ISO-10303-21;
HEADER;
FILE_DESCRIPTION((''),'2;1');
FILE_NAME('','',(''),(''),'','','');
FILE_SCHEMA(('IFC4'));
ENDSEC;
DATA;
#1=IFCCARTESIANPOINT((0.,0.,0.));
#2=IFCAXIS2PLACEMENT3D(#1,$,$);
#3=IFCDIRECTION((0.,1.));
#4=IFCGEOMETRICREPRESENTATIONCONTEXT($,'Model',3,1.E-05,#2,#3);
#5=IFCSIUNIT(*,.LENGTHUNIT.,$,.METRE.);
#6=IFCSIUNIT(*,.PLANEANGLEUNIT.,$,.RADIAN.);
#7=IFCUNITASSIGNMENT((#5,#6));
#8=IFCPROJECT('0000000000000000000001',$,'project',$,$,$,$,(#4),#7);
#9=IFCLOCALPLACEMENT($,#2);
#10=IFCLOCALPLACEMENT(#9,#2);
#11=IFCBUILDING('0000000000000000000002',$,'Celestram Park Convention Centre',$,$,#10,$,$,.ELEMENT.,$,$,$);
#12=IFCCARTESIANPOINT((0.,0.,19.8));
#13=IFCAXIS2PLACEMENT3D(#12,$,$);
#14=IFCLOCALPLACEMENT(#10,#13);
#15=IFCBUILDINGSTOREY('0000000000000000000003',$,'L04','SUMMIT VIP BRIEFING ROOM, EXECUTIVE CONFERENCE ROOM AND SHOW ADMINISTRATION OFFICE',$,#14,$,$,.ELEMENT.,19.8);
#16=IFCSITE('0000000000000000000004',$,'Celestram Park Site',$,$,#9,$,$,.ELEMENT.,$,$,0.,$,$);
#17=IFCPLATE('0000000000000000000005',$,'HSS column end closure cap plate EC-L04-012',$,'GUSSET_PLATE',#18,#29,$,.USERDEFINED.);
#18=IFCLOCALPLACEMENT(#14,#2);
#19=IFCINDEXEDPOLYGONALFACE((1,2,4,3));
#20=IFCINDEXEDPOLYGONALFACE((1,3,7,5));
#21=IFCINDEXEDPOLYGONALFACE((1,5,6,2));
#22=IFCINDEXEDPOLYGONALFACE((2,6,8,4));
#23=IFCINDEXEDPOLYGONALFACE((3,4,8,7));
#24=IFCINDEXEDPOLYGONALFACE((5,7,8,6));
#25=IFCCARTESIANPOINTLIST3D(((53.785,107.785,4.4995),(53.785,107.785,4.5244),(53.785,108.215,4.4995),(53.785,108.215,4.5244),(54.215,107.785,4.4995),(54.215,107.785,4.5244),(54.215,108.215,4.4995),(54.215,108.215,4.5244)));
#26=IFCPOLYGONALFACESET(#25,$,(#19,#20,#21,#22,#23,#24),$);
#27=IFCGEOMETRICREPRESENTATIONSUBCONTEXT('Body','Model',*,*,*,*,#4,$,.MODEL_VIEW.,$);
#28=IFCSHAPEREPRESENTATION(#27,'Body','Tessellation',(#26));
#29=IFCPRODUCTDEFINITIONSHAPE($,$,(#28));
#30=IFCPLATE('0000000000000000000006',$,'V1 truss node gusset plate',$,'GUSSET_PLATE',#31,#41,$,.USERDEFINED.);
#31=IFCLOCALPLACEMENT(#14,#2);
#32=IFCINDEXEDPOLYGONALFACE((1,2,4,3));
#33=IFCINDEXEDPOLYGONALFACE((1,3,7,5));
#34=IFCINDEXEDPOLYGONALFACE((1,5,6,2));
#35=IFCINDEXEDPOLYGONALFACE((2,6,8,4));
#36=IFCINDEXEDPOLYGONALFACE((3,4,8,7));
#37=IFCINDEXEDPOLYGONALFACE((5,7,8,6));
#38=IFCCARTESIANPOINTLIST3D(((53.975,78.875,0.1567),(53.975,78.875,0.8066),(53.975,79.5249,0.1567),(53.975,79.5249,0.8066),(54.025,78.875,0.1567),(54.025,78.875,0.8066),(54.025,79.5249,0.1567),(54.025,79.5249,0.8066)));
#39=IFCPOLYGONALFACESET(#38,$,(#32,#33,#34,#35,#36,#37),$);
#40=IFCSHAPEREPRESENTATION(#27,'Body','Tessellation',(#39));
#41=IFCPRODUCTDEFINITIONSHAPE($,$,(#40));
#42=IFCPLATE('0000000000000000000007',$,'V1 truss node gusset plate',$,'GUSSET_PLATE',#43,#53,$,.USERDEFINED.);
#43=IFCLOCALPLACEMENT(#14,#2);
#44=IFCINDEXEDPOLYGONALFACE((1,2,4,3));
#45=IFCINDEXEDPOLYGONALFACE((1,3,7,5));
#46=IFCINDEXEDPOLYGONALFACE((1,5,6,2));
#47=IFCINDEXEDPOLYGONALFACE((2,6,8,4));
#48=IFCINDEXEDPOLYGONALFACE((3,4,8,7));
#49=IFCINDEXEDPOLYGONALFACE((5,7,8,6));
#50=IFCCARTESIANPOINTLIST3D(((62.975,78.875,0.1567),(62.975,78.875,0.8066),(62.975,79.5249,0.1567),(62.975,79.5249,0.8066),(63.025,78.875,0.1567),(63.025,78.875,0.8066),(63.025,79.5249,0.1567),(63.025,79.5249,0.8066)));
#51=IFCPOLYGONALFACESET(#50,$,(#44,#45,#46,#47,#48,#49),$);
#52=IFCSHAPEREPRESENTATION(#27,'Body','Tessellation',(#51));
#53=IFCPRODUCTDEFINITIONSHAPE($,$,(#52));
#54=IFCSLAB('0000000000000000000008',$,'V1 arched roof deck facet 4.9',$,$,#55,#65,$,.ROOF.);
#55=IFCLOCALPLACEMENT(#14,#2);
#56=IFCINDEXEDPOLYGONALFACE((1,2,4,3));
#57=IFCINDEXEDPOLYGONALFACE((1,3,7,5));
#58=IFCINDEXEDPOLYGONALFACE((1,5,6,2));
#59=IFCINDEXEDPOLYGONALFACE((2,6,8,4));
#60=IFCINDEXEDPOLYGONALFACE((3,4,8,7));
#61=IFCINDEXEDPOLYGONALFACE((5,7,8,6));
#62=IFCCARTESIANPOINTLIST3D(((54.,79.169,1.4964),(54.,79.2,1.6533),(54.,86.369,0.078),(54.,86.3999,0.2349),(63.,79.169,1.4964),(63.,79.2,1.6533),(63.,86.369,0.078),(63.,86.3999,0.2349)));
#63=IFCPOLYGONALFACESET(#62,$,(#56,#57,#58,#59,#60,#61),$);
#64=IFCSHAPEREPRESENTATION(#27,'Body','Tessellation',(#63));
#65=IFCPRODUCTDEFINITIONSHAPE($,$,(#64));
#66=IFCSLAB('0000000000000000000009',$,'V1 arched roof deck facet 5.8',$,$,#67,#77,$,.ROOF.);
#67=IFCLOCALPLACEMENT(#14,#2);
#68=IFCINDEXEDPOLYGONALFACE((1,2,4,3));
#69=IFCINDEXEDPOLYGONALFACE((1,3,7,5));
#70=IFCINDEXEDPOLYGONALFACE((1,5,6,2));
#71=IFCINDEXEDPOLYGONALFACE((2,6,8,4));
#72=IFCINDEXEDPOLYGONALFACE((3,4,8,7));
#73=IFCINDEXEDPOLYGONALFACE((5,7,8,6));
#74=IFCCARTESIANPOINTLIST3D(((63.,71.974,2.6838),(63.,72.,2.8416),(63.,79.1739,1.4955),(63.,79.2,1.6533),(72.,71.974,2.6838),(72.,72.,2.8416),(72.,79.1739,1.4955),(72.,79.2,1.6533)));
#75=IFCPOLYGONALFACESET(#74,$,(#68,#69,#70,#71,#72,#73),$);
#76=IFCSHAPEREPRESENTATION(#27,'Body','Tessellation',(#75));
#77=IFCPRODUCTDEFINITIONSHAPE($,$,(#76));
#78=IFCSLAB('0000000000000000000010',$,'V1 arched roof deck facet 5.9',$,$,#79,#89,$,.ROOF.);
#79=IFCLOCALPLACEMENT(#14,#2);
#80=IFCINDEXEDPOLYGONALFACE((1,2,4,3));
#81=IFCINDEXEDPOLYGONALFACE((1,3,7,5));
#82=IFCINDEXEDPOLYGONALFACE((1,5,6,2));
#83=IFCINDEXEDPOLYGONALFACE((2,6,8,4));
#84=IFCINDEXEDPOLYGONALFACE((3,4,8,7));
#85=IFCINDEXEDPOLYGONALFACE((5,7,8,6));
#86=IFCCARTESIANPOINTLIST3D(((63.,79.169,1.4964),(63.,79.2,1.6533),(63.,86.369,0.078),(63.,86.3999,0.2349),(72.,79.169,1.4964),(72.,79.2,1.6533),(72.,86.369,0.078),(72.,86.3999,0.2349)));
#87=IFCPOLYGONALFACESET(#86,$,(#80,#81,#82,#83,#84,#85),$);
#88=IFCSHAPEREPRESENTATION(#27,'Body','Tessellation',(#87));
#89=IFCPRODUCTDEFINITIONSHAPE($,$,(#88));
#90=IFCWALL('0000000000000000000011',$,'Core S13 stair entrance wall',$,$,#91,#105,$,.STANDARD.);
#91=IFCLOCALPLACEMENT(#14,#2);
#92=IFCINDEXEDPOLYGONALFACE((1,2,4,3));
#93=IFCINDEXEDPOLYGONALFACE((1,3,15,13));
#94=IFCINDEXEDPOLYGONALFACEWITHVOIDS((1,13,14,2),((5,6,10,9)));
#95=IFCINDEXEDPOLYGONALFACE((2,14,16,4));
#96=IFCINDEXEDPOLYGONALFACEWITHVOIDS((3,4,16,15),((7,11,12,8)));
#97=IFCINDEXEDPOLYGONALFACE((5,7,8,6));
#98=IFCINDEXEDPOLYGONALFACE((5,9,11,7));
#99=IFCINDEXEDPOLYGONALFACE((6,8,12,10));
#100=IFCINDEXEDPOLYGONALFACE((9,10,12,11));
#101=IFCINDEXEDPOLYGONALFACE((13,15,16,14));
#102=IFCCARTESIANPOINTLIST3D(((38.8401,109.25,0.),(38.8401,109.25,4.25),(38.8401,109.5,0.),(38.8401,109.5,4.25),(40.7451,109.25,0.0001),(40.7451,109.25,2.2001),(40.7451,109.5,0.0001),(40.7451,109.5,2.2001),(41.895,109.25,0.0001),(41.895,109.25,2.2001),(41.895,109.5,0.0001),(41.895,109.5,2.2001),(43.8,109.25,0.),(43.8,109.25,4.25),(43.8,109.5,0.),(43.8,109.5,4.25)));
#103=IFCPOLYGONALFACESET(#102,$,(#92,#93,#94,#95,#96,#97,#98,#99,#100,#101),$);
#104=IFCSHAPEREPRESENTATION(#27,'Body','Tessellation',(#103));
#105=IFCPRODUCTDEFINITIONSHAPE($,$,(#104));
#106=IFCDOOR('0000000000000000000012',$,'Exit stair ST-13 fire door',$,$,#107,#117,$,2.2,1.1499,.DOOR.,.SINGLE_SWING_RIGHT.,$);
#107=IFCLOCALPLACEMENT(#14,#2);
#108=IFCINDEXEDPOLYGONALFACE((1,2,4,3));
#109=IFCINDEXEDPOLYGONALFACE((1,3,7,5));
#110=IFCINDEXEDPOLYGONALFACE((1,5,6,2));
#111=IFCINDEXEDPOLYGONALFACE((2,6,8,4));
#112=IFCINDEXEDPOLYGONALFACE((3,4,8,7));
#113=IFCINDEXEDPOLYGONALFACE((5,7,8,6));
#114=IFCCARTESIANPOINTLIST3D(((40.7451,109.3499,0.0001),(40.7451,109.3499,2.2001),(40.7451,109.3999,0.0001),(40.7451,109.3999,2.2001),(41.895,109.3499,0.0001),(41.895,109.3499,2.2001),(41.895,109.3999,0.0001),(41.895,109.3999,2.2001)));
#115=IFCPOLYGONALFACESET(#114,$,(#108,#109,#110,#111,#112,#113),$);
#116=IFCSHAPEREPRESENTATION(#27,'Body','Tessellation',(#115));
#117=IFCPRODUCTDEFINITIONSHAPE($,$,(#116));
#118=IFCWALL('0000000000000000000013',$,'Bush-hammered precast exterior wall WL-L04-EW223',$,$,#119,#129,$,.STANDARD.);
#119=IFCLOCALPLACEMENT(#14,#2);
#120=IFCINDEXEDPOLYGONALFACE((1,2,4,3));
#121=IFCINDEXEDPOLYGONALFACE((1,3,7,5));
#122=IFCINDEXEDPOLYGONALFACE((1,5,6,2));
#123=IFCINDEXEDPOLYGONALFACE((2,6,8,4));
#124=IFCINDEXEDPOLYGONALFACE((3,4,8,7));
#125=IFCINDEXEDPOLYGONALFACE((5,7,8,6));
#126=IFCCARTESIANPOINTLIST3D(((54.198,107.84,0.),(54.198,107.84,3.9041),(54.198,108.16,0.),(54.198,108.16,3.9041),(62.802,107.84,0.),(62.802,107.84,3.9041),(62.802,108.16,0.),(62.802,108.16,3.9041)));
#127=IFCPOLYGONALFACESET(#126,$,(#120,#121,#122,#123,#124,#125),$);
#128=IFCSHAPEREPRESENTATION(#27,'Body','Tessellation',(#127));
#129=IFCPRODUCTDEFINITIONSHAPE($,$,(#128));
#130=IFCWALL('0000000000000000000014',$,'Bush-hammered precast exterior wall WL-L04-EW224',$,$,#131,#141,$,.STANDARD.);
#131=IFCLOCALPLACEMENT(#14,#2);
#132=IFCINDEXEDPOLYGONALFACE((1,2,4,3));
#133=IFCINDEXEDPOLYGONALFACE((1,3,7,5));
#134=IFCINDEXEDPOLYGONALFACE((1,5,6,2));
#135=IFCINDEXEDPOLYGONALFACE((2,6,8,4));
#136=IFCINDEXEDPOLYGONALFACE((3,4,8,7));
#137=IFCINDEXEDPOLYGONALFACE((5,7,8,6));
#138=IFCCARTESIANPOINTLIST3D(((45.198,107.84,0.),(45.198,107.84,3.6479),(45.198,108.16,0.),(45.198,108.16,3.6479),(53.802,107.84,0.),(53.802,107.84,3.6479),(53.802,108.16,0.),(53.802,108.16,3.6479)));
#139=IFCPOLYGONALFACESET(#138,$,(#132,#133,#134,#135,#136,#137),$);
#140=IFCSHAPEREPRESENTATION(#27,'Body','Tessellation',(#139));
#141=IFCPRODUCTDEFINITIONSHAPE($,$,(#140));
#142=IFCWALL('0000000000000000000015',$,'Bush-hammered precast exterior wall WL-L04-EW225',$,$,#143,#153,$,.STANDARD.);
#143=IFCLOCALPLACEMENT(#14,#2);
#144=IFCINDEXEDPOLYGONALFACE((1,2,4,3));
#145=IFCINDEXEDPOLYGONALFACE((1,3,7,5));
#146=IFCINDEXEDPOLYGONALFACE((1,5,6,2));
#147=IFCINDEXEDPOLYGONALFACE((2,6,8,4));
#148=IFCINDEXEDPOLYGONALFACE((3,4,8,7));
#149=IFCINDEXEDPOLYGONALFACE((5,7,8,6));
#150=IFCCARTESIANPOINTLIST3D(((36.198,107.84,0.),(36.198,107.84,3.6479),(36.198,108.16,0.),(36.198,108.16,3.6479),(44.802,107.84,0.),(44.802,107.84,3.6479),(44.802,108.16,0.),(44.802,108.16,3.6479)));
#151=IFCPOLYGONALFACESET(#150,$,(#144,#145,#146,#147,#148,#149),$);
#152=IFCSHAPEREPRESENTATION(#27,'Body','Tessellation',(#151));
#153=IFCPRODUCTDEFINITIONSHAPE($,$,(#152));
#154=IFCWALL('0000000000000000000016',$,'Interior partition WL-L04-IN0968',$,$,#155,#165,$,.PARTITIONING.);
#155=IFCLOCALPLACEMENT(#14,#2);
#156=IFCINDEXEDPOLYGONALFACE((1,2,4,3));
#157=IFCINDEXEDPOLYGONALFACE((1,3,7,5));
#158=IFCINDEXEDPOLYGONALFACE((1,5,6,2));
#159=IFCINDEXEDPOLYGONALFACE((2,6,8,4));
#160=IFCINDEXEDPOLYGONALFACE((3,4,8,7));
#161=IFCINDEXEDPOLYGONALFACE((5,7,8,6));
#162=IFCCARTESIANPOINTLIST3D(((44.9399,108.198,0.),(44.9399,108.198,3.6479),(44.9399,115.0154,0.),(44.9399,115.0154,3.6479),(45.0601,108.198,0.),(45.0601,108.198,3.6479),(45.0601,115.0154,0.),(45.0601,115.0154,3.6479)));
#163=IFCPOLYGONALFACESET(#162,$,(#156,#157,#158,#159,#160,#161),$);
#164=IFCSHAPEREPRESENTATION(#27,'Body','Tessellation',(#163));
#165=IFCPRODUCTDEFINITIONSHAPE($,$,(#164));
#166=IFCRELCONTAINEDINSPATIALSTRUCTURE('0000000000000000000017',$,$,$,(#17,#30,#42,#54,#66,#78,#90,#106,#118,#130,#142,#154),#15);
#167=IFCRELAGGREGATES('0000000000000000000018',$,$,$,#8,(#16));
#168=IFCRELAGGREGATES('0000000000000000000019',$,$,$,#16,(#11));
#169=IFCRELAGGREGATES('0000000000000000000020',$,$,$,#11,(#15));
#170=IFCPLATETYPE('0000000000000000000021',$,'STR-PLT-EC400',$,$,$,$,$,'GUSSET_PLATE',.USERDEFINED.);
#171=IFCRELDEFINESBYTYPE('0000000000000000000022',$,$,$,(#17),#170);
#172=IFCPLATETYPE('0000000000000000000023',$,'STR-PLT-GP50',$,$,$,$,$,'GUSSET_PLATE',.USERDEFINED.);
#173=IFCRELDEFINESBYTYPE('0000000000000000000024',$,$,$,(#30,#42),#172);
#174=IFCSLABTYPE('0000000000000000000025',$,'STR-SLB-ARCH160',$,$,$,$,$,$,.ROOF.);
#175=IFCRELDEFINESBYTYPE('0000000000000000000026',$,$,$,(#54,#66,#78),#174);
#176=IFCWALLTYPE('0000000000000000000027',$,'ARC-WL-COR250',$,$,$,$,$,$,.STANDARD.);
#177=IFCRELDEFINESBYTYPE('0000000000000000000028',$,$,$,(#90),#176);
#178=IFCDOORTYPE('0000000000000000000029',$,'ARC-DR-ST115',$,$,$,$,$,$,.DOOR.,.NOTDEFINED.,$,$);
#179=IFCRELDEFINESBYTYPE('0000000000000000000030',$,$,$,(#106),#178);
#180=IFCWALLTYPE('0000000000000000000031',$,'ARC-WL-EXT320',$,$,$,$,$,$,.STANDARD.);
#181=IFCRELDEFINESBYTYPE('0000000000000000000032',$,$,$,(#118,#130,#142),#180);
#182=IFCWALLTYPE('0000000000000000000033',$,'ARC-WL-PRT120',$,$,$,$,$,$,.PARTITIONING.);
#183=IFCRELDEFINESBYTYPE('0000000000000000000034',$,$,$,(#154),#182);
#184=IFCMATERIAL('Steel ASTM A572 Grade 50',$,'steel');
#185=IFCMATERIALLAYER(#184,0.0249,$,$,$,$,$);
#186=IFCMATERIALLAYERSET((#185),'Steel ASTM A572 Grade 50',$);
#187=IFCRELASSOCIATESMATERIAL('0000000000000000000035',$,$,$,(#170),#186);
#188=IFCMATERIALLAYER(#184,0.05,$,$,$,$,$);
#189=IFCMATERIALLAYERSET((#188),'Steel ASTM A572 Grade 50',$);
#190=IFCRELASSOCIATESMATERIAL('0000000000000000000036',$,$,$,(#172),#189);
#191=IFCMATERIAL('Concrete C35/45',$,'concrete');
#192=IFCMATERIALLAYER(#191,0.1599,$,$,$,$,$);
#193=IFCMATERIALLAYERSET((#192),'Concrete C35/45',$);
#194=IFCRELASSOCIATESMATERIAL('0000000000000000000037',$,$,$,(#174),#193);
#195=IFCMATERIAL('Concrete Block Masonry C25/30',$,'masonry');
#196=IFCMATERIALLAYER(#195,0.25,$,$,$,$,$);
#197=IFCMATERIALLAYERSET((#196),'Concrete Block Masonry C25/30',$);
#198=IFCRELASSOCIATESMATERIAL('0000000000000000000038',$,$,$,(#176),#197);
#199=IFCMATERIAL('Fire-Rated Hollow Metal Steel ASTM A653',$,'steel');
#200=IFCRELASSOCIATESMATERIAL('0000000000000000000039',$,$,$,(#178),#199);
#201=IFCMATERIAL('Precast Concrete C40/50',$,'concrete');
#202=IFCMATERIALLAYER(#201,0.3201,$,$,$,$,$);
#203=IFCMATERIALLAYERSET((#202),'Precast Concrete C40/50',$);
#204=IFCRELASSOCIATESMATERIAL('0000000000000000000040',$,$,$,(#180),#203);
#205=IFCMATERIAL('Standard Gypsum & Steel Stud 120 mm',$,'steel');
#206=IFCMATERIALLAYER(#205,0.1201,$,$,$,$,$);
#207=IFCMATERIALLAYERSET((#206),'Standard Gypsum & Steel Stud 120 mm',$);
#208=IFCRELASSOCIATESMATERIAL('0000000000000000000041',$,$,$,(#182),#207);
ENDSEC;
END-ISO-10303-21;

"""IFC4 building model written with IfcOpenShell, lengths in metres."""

from ifc_helpers import new_model, si_unit, direction, frame, frame_2d, origin, origin_2d, place, context, subcontext, project, spatial, polyline, rectangle, outline, extrude, material, layer, layer_set, type_object, element, fill, save


model = new_model("IFC4")

# Units and contexts
model_context = context("Model", 3, precision=1e-05, world=origin(), true_north=direction((0.0, 1.0)))
body_context = subcontext(model_context, "Body", "Model", "MODEL_VIEW")
ifc_project = project(units=[si_unit("LENGTHUNIT", "METRE"), si_unit("PLANEANGLEUNIT", "RADIAN")], contexts=[model_context])

# Site, building, storey
site_placement = place(None, origin())
site = spatial("IfcSite", under=ifc_project, at=site_placement, Name="Celestram Park Site", CompositionType="ELEMENT", RefElevation=0.0)
building_placement = place(site_placement, origin())
building = spatial("IfcBuilding", under=site, at=building_placement, Name="Celestram Park Convention Centre", CompositionType="ELEMENT")
storey_placement = place(building_placement, frame((0.0, 0.0, 19.8)))
storey = spatial("IfcBuildingStorey", under=building, at=storey_placement, Name="L04", Description="SUMMIT VIP BRIEFING ROOM, EXECUTIVE CONFERENCE ROOM AND SHOW ADMINISTRATION OFFICE", CompositionType="ELEMENT", Elevation=19.8)

# Plates
ifc_material_1 = material(Name="Steel ASTM A572 Grade 50", Category="steel")
ifc_layer_1 = layer(ifc_material_1, 0.0249)
ifc_layer_set_1 = layer_set([ifc_layer_1], Name="Steel ASTM A572 Grade 50")
plate_type_1 = type_object("IfcPlateType", Name="STR-PLT-EC400", ElementType="GUSSET_PLATE", PredefinedType="USERDEFINED", material=ifc_layer_set_1)
for number, where, z_axis, x_axis, name in (
    (1, (54.0, 108.0, 4.4995), (0.0, 0.0, 1.0), (1.0, 0.0, 0.0), "HSS column end closure cap plate EC-L04-012"),
):
    element("IfcPlate", number, at=place(storey_placement, frame(where, z_axis=z_axis, x_axis=x_axis)), inside=storey, type_object=plate_type_1, Name=name, ObjectType="GUSSET_PLATE", PredefinedType="USERDEFINED", context=body_context, shape_type="SweptSolid", body=[
        extrude(rectangle(XDim=0.4299, YDim=0.4299, at=origin_2d()), origin(), (0.0, 0.0, 1.0), 0.0249),
    ])
ifc_layer_2 = layer(ifc_material_1, 0.05)
ifc_layer_set_2 = layer_set([ifc_layer_2], Name="Steel ASTM A572 Grade 50")
plate_type_2 = type_object("IfcPlateType", Name="STR-PLT-GP50", ElementType="GUSSET_PLATE", PredefinedType="USERDEFINED", material=ifc_layer_set_2)
for number, where, z_axis, x_axis, name in (
    (2, (54.0, 79.2, 0.1567), (0.0, 0.0, 1.0), (0.0, 1.0, 0.0), "V1 truss node gusset plate"),
    (3, (63.0, 79.2, 0.1567), (0.0, 0.0, 1.0), (0.0, 1.0, 0.0), "V1 truss node gusset plate"),
):
    element("IfcPlate", number, at=place(storey_placement, frame(where, z_axis=z_axis, x_axis=x_axis)), inside=storey, type_object=plate_type_2, Name=name, ObjectType="GUSSET_PLATE", PredefinedType="USERDEFINED", context=body_context, shape_type="SweptSolid", body=[
        extrude(rectangle(XDim=0.6499, YDim=0.05, at=origin_2d()), origin(), (0.0, 0.0, 1.0), 0.6499),
    ])

# Slabs
ifc_material_2 = material(Name="Concrete C35/45", Category="concrete")
ifc_layer_3 = layer(ifc_material_2, 0.1599)
ifc_layer_set_3 = layer_set([ifc_layer_3], Name="Concrete C35/45")
slab_type = type_object("IfcSlabType", Name="STR-SLB-ARCH160", PredefinedType="ROOF", material=ifc_layer_set_3)
slab_1_placement = place(storey_placement, frame((54.0, 79.2, 1.6533), z_axis=(0.0, 0.193294, 0.981141), x_axis=(1.0, 0.0, 0.0)))
element("IfcSlab", 4, at=slab_1_placement, inside=storey, type_object=slab_type, Name="V1 arched roof deck facet 4.9", PredefinedType="ROOF", context=body_context, shape_type="SweptSolid", body=[
    extrude(outline(polyline([(0.0, 0.0), (9.0, 0.0), (9.0, 7.3383), (0.0, 7.3383), (0.0, 0.0)])), origin(), (0.0, 0.0, -1.0), 0.1599),
])
slab_2_placement = place(storey_placement, frame((63.0, 72.0, 2.8416), z_axis=(0.0, 0.162831, 0.986654), x_axis=(1.0, 0.0, 0.0)))
element("IfcSlab", 5, at=slab_2_placement, inside=storey, type_object=slab_type, Name="V1 arched roof deck facet 5.8", PredefinedType="ROOF", context=body_context, shape_type="SweptSolid", body=[
    extrude(outline(polyline([(0.0, 0.0), (9.0, 0.0), (9.0, 7.2973), (0.0, 7.2973), (0.0, 0.0)])), origin(), (0.0, 0.0, -1.0), 0.1599),
])
slab_3_placement = place(storey_placement, frame((63.0, 79.2, 1.6533), z_axis=(0.0, 0.193294, 0.981141), x_axis=(1.0, 0.0, 0.0)))
element("IfcSlab", 6, at=slab_3_placement, inside=storey, type_object=slab_type, Name="V1 arched roof deck facet 5.9", PredefinedType="ROOF", context=body_context, shape_type="SweptSolid", body=[
    extrude(outline(polyline([(0.0, 0.0), (9.0, 0.0), (9.0, 7.3383), (0.0, 7.3383), (0.0, 0.0)])), origin(), (0.0, 0.0, -1.0), 0.1599),
])

# Wall, opening, door
ifc_material_3 = material(Name="Concrete Block Masonry C25/30", Category="masonry")
ifc_layer_4 = layer(ifc_material_3, 0.25)
ifc_layer_set_4 = layer_set([ifc_layer_4], Name="Concrete Block Masonry C25/30")
wall_type_1 = type_object("IfcWallType", Name="ARC-WL-COR250", PredefinedType="STANDARD", material=ifc_layer_set_4)
wall_1_placement = place(storey_placement, frame((38.8401, 109.375, 0.0), z_axis=(0.0, 0.0, 1.0), x_axis=(1.0, 0.0, 0.0)))
wall_1 = element("IfcWall", 7, at=wall_1_placement, inside=storey, type_object=wall_type_1, Name="Core S13 stair entrance wall", PredefinedType="STANDARD", context=body_context, shape_type="SweptSolid", body=[
    extrude(rectangle(XDim=4.96, YDim=0.25, at=frame_2d((2.48, 0.0))), origin(), (0.0, 0.0, 1.0), 4.25),
])
opening_placement = place(wall_1_placement, frame((1.905, 0.0, 0.0)))
opening = element("IfcOpeningElement", 8, at=opening_placement, cuts=wall_1, PredefinedType="OPENING", context=body_context, shape_type="SweptSolid", body=[
    extrude(rectangle(XDim=1.1499, YDim=2.2, at=frame_2d((0.575, 1.1001))), frame((0.0, 0.135, 0.0), z_axis=(0.0, -1.0, 0.0), x_axis=(1.0, 0.0, 0.0)), (0.0, 0.0, 1.0), 0.27),
])
ifc_material_4 = material(Name="Fire-Rated Hollow Metal Steel ASTM A653", Category="steel")
door_type = type_object("IfcDoorType", Name="ARC-DR-ST115", OperationType="NOTDEFINED", PredefinedType="DOOR", material=ifc_material_4)
door_placement = place(opening_placement, origin())
door = element("IfcDoor", 9, at=door_placement, inside=storey, type_object=door_type, Name="Exit stair ST-13 fire door", OperationType="SINGLE_SWING_RIGHT", OverallHeight=2.2, OverallWidth=1.1499, PredefinedType="DOOR", context=body_context, shape_type="SweptSolid", body=[
    extrude(rectangle(XDim=1.1499, YDim=2.2, at=frame_2d((0.575, 1.1001))), frame((0.0, 0.0249, 0.0), z_axis=(0.0, -1.0, 0.0), x_axis=(1.0, 0.0, 0.0)), (0.0, 0.0, 1.0), 0.05),
])
fill(opening, door)

# Walls
ifc_material_5 = material(Name="Precast Concrete C40/50", Category="concrete")
ifc_layer_5 = layer(ifc_material_5, 0.3201)
ifc_layer_set_5 = layer_set([ifc_layer_5], Name="Precast Concrete C40/50")
wall_type_2 = type_object("IfcWallType", Name="ARC-WL-EXT320", PredefinedType="STANDARD", material=ifc_layer_set_5)
wall_2_placement = place(storey_placement, frame((62.802, 108.0, 0.0), z_axis=(0.0, 0.0, 1.0), x_axis=(-1.0, 0.0, 0.0)))
element("IfcWall", 10, at=wall_2_placement, inside=storey, type_object=wall_type_2, Name="Bush-hammered precast exterior wall WL-L04-EW223", PredefinedType="STANDARD", context=body_context, shape_type="SweptSolid", body=[
    extrude(rectangle(XDim=8.604, YDim=0.3201, at=frame_2d((4.302, 0.0))), origin(), (0.0, 0.0, 1.0), 3.9041),
])
for number, where, z_axis, x_axis, name in (
    (11, (53.802, 108.0, 0.0), (0.0, 0.0, 1.0), (-1.0, 0.0, 0.0), "Bush-hammered precast exterior wall WL-L04-EW224"),
    (12, (44.802, 108.0, 0.0), (0.0, 0.0, 1.0), (-1.0, 0.0, 0.0), "Bush-hammered precast exterior wall WL-L04-EW225"),
):
    element("IfcWall", number, at=place(storey_placement, frame(where, z_axis=z_axis, x_axis=x_axis)), inside=storey, type_object=wall_type_2, Name=name, PredefinedType="STANDARD", context=body_context, shape_type="SweptSolid", body=[
        extrude(rectangle(XDim=8.604, YDim=0.3201, at=frame_2d((4.302, 0.0))), origin(), (0.0, 0.0, 1.0), 3.6479),
    ])
ifc_material_6 = material(Name="Standard Gypsum & Steel Stud 120 mm", Category="steel")
ifc_layer_6 = layer(ifc_material_6, 0.1201)
ifc_layer_set_6 = layer_set([ifc_layer_6], Name="Standard Gypsum & Steel Stud 120 mm")
wall_type_3 = type_object("IfcWallType", Name="ARC-WL-PRT120", PredefinedType="PARTITIONING", material=ifc_layer_set_6)
wall_3_placement = place(storey_placement, frame((45.0, 108.198, 0.0), z_axis=(0.0, 0.0, 1.0), x_axis=(0.0, 1.0, 0.0)))
element("IfcWall", 13, at=wall_3_placement, inside=storey, type_object=wall_type_3, Name="Interior partition WL-L04-IN0968", PredefinedType="PARTITIONING", context=body_context, shape_type="SweptSolid", body=[
    extrude(rectangle(XDim=6.8174, YDim=0.1201, at=frame_2d((3.4087, 0.0))), origin(), (0.0, 0.0, 1.0), 3.6479),
])

save(model, "model.ifc")
